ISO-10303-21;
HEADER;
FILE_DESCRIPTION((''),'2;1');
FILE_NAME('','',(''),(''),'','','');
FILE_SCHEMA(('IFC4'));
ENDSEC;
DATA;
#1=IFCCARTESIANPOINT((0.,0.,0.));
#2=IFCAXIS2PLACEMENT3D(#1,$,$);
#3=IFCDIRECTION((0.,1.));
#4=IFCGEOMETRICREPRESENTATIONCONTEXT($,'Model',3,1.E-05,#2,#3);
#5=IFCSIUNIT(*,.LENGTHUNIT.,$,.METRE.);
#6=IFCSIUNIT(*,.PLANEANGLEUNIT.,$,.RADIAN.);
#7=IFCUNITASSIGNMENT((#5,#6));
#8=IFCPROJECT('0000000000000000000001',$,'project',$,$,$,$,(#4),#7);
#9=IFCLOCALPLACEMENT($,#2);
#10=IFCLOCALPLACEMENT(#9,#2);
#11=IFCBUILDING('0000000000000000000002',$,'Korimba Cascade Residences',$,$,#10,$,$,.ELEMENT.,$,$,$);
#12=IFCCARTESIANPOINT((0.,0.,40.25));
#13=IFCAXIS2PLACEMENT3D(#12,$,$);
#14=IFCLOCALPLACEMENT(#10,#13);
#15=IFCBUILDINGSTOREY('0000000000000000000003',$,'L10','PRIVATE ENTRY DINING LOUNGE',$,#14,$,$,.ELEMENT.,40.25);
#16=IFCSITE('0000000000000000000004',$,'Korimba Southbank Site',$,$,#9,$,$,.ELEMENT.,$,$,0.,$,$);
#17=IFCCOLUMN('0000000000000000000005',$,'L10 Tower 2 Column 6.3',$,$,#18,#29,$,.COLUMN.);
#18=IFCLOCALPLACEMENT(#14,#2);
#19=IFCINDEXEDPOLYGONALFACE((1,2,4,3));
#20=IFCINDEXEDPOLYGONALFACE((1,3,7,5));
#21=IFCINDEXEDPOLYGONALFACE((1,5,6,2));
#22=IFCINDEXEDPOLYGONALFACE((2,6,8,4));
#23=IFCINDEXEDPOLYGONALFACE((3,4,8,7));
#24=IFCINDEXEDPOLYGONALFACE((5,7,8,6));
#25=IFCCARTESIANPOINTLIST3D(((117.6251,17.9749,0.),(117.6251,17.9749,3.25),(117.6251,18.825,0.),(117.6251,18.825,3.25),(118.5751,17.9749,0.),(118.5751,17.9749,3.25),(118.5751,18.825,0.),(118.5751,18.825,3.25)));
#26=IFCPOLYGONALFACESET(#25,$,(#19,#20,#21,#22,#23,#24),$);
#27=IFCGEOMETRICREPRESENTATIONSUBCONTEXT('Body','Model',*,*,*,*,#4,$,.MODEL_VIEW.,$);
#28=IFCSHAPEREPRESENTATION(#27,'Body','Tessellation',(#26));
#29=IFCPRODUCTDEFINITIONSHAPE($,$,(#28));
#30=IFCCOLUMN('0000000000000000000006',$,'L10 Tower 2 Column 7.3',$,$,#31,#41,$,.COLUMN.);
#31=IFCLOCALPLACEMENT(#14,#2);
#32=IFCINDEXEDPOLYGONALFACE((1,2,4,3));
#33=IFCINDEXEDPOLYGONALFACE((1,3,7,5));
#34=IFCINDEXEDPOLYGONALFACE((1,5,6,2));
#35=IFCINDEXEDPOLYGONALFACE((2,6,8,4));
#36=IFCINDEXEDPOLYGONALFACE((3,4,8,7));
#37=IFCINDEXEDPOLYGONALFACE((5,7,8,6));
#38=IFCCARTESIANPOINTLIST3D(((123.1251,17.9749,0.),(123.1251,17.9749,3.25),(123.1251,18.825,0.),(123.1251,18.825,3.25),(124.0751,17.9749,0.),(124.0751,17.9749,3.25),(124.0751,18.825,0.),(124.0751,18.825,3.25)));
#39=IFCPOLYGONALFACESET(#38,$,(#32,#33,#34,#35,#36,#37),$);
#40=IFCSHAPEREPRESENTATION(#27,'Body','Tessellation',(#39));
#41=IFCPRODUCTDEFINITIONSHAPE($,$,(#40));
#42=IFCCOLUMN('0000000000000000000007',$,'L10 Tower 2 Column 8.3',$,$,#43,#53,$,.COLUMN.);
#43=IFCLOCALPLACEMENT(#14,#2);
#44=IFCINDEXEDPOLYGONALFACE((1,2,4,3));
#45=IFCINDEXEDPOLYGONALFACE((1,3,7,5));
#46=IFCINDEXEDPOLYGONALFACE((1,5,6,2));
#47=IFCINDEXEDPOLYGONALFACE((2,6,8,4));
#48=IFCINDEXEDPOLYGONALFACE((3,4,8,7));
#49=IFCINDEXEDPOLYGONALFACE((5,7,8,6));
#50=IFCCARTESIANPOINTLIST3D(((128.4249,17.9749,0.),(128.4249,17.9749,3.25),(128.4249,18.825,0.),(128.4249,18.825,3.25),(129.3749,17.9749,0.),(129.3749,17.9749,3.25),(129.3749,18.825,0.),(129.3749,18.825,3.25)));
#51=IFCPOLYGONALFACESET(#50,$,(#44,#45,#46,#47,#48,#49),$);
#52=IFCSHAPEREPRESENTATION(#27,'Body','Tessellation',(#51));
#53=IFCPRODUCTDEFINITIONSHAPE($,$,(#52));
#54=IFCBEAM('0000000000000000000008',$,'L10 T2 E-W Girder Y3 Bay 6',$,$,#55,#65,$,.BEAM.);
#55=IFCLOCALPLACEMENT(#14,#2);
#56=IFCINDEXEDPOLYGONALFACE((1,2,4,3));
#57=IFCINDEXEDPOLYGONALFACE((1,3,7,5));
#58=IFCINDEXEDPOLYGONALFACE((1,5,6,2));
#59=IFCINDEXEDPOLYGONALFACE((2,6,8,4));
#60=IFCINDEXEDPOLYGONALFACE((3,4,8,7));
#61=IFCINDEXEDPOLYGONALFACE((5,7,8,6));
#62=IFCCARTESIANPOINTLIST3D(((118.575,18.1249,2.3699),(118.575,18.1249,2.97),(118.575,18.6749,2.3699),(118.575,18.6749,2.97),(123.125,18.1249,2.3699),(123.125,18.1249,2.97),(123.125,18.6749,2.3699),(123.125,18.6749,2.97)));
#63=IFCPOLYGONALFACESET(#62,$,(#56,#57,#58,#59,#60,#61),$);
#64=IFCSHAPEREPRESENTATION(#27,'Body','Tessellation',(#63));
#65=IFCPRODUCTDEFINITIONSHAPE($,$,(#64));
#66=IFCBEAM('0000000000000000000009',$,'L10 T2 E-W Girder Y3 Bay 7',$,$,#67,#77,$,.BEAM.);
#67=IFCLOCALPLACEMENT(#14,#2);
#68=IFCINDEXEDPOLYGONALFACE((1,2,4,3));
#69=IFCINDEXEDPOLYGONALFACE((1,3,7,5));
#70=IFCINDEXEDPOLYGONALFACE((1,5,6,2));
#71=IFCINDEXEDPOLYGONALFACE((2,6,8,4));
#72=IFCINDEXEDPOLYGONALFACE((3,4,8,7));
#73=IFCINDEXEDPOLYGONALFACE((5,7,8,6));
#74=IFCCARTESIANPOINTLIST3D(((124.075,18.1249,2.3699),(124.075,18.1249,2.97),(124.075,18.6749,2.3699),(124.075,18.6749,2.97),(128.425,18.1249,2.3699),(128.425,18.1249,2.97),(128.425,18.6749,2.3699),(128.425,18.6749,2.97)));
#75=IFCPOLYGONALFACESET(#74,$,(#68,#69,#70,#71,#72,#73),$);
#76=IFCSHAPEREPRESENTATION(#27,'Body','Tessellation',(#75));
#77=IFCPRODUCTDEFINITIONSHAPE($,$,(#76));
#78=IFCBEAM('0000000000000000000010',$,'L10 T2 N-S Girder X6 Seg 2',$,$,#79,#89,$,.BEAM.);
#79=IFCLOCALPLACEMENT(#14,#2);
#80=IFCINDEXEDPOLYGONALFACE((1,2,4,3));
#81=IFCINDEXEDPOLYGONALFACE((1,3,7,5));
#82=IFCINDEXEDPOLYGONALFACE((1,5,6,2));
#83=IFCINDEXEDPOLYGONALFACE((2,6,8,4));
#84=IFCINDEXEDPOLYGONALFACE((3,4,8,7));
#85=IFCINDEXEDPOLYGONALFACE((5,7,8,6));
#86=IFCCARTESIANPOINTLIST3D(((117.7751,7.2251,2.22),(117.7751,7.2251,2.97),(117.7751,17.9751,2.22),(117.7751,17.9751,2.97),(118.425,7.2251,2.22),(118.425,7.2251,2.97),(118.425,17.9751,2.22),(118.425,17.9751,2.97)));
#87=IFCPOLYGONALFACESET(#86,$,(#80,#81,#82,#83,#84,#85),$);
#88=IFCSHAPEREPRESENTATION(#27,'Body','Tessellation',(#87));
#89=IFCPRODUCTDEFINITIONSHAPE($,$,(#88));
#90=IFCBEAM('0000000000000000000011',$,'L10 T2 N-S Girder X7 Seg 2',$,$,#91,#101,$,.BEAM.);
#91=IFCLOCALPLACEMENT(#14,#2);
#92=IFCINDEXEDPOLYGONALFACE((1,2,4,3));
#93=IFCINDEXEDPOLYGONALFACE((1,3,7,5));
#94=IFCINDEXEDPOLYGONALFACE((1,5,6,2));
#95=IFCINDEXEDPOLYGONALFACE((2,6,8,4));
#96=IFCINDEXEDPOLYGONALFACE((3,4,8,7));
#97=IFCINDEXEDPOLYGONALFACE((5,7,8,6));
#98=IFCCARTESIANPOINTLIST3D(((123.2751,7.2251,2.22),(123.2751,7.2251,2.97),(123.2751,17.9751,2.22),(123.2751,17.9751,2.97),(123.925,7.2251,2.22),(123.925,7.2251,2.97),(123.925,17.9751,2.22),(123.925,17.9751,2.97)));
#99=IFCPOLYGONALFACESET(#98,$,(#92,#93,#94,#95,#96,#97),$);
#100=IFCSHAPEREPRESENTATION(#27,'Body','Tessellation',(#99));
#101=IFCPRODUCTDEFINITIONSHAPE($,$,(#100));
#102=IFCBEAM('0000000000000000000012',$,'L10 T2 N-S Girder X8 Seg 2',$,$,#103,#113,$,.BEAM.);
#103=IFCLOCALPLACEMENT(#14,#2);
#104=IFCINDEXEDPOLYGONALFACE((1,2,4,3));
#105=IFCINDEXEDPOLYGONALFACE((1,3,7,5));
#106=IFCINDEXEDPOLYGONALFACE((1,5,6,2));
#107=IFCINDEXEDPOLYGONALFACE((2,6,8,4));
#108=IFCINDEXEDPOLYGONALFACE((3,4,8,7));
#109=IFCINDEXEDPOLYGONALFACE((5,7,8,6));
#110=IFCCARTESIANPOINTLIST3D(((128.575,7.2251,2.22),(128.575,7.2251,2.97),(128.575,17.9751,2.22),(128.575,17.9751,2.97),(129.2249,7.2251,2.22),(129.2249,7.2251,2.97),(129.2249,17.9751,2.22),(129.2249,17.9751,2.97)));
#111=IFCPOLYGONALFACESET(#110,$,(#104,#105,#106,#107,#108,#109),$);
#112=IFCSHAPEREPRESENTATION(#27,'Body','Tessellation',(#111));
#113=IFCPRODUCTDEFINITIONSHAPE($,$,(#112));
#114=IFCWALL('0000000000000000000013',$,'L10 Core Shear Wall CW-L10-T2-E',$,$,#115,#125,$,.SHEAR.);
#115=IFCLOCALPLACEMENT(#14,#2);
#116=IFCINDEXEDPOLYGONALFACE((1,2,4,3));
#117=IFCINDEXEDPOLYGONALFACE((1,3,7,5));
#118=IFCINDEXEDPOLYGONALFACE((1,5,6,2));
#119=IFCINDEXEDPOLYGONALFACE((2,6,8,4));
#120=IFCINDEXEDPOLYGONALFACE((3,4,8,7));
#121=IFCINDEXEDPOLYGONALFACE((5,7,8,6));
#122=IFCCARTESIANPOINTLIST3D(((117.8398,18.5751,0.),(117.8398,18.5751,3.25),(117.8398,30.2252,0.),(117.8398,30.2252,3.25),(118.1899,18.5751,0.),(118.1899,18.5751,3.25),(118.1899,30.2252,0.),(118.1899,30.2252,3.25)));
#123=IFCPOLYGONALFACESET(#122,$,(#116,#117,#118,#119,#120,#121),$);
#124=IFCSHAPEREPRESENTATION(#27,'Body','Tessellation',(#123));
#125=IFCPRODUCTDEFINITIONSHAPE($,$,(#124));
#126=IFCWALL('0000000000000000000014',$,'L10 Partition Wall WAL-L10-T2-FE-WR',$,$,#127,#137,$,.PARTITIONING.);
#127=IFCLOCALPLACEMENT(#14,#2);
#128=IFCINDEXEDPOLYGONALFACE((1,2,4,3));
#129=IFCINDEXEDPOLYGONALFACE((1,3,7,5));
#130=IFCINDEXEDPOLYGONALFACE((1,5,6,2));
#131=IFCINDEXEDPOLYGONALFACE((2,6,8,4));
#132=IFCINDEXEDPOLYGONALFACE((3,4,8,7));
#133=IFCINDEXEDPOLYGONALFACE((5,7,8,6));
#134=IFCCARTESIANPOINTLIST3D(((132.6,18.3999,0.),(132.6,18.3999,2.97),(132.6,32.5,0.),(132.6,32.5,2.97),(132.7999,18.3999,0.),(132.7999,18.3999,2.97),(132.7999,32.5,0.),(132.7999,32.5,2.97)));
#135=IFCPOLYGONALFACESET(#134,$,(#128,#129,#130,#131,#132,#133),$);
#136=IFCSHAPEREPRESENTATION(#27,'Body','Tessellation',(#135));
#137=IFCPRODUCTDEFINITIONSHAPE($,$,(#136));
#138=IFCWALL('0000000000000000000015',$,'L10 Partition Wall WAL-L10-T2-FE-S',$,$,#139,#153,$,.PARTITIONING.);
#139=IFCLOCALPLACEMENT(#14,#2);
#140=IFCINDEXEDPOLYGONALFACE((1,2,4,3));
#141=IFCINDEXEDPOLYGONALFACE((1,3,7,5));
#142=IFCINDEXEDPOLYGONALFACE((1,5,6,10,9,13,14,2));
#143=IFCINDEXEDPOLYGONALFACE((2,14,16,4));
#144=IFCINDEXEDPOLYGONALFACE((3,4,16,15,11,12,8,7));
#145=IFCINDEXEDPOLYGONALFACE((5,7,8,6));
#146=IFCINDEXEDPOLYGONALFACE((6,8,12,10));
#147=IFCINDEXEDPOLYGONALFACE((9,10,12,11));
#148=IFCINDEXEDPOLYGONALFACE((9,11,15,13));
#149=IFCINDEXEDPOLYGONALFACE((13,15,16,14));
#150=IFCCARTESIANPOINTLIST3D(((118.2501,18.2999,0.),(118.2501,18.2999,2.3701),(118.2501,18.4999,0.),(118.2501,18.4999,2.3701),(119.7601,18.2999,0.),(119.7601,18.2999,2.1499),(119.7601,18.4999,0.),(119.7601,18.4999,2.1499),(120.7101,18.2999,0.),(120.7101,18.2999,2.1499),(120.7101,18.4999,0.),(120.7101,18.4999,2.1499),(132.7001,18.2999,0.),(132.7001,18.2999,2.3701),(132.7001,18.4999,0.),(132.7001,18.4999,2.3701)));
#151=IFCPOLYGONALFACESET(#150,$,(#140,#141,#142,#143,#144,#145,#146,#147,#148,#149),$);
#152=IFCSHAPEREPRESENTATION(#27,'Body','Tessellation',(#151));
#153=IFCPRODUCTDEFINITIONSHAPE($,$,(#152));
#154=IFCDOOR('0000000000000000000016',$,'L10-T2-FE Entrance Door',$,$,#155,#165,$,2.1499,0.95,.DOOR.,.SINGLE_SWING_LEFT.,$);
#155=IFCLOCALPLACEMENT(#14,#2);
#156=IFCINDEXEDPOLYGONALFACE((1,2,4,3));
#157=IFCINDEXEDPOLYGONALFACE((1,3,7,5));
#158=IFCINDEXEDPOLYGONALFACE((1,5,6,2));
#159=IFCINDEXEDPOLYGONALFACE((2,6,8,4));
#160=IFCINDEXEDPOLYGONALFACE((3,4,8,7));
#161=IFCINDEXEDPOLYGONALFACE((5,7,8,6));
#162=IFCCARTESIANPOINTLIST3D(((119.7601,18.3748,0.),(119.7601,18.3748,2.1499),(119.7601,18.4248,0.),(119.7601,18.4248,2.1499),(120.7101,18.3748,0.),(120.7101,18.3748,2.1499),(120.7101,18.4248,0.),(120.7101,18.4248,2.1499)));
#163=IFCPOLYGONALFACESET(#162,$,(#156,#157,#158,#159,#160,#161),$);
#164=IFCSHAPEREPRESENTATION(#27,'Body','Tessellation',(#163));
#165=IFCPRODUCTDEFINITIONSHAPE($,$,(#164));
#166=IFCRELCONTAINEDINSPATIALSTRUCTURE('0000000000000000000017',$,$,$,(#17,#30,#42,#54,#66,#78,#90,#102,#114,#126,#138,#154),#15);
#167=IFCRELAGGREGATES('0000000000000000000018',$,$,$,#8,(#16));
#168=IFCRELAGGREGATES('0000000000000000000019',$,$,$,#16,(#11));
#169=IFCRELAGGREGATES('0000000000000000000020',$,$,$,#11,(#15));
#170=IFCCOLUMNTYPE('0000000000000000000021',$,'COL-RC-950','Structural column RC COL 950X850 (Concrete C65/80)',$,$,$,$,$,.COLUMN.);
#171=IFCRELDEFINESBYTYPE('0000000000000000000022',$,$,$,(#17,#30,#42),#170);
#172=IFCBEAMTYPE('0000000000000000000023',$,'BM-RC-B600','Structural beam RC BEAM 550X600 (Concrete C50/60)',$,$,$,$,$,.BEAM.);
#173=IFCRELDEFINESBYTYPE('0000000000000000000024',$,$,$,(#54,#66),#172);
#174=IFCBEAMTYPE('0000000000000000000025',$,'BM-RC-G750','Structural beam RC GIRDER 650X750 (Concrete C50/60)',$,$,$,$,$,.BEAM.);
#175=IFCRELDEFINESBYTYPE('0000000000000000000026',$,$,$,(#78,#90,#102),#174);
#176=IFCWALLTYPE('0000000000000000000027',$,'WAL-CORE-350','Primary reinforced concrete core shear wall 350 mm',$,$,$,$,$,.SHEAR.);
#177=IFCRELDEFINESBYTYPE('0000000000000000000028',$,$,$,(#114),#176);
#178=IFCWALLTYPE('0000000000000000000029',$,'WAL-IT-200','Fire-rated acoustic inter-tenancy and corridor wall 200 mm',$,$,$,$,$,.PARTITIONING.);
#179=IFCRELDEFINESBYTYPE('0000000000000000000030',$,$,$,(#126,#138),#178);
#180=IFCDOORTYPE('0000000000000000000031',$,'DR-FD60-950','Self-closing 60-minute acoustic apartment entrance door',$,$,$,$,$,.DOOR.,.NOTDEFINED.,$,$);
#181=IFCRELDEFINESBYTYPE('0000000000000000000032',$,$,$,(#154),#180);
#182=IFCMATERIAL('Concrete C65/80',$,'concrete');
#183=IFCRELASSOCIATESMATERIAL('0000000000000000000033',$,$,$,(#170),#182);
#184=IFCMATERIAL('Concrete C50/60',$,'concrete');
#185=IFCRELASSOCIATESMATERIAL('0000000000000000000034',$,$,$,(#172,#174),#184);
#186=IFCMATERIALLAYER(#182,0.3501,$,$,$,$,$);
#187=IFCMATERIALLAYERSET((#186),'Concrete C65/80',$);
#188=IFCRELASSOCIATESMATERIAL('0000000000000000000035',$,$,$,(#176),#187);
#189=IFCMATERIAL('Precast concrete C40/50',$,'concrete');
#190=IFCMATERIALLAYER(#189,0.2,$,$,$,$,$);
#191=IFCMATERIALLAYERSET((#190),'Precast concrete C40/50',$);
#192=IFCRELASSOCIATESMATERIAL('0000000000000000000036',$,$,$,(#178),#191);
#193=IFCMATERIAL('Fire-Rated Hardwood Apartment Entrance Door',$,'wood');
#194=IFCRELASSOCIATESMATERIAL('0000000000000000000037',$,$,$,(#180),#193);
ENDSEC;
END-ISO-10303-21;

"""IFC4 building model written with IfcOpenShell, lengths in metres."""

from ifc_helpers import new_model, si_unit, direction, frame, frame_2d, origin, origin_2d, place, context, subcontext, project, spatial, rectangle, extrude, material, layer, layer_set, material_profile, profile_set, type_object, element, fill, save


model = new_model("IFC4")

# Units and contexts
model_context = context("Model", 3, precision=1e-05, world=origin(), true_north=direction((0.0, 1.0)))
body_context = subcontext(model_context, "Body", "Model", "MODEL_VIEW")
ifc_project = project(units=[si_unit("LENGTHUNIT", "METRE"), si_unit("PLANEANGLEUNIT", "RADIAN")], contexts=[model_context])

# Site, building, storey
site_placement = place(None, origin())
site = spatial("IfcSite", under=ifc_project, at=site_placement, Name="Korimba Southbank Site", CompositionType="ELEMENT", RefElevation=0.0)
building_placement = place(site_placement, origin())
building = spatial("IfcBuilding", under=site, at=building_placement, Name="Korimba Cascade Residences", CompositionType="ELEMENT")
storey_placement = place(building_placement, frame((0.0, 0.0, 40.25)))
storey = spatial("IfcBuildingStorey", under=building, at=storey_placement, Name="L10", Description="PRIVATE ENTRY DINING LOUNGE", CompositionType="ELEMENT", Elevation=40.25)

# Columns
ifc_material_1 = material(Name="Concrete C65/80", Category="concrete")
ifc_material_profile_1 = material_profile(ifc_material_1, rectangle(XDim=0.95, YDim=0.8501, at=origin_2d()), Name="Concrete C65/80")
ifc_profile_set_1 = profile_set([ifc_material_profile_1], Name="Concrete C65/80")
column_type = type_object("IfcColumnType", Name="COL-RC-950", Description="Structural column RC COL 950X850 (Concrete C65/80)", PredefinedType="COLUMN", material=ifc_profile_set_1)
for number, where, z_axis, x_axis, name in (
    (1, (118.1001, 18.3999, 0.0), (0.0, 0.0, 1.0), (1.0, 0.0, 0.0), "L10 Tower 2 Column 6.3"),
    (2, (123.6001, 18.3999, 0.0), (0.0, 0.0, 1.0), (1.0, 0.0, 0.0), "L10 Tower 2 Column 7.3"),
    (3, (128.8999, 18.3999, 0.0), (0.0, 0.0, 1.0), (1.0, 0.0, 0.0), "L10 Tower 2 Column 8.3"),
):
    element("IfcColumn", number, at=place(storey_placement, frame(where, z_axis=z_axis, x_axis=x_axis)), inside=storey, type_object=column_type, Name=name, PredefinedType="COLUMN", context=body_context, shape_type="SweptSolid", body=[
        extrude(rectangle(XDim=0.95, YDim=0.8501, at=origin_2d()), origin(), (0.0, 0.0, 1.0), 3.25),
    ])

# Beams
ifc_material_2 = material(Name="Concrete C50/60", Category="concrete")
ifc_material_profile_2 = material_profile(ifc_material_2, rectangle(XDim=0.55, YDim=0.6001, at=origin_2d()), Name="Concrete C50/60")
ifc_profile_set_2 = profile_set([ifc_material_profile_2], Name="Concrete C50/60")
beam_type_1 = type_object("IfcBeamType", Name="BM-RC-B600", Description="Structural beam RC BEAM 550X600 (Concrete C50/60)", PredefinedType="BEAM", material=ifc_profile_set_2)
beam_1_placement = place(storey_placement, frame((118.575, 18.3999, 2.6699), z_axis=(1.0, 0.0, 0.0), x_axis=(0.0, 1.0, 0.0)))
element("IfcBeam", 4, at=beam_1_placement, inside=storey, type_object=beam_type_1, Name="L10 T2 E-W Girder Y3 Bay 6", PredefinedType="BEAM", context=body_context, shape_type="SweptSolid", body=[
    extrude(rectangle(XDim=0.55, YDim=0.6001, at=origin_2d()), origin(), (0.0, 0.0, 1.0), 4.55),
])
beam_2_placement = place(storey_placement, frame((124.075, 18.3999, 2.6699), z_axis=(1.0, 0.0, 0.0), x_axis=(0.0, 1.0, 0.0)))
element("IfcBeam", 5, at=beam_2_placement, inside=storey, type_object=beam_type_1, Name="L10 T2 E-W Girder Y3 Bay 7", PredefinedType="BEAM", context=body_context, shape_type="SweptSolid", body=[
    extrude(rectangle(XDim=0.55, YDim=0.6001, at=origin_2d()), origin(), (0.0, 0.0, 1.0), 4.3501),
])
ifc_material_profile_3 = material_profile(ifc_material_2, rectangle(XDim=0.6499, YDim=0.75, at=origin_2d()), Name="Concrete C50/60")
ifc_profile_set_3 = profile_set([ifc_material_profile_3], Name="Concrete C50/60")
beam_type_2 = type_object("IfcBeamType", Name="BM-RC-G750", Description="Structural beam RC GIRDER 650X750 (Concrete C50/60)", PredefinedType="BEAM", material=ifc_profile_set_3)
for number, where, z_axis, x_axis, name in (
    (6, (118.1001, 7.2251, 2.595), (0.0, 1.0, 0.0), (-1.0, 0.0, 0.0), "L10 T2 N-S Girder X6 Seg 2"),
    (7, (123.6001, 7.2251, 2.595), (0.0, 1.0, 0.0), (-1.0, 0.0, 0.0), "L10 T2 N-S Girder X7 Seg 2"),
    (8, (128.8999, 7.2251, 2.595), (0.0, 1.0, 0.0), (-1.0, 0.0, 0.0), "L10 T2 N-S Girder X8 Seg 2"),
):
    element("IfcBeam", number, at=place(storey_placement, frame(where, z_axis=z_axis, x_axis=x_axis)), inside=storey, type_object=beam_type_2, Name=name, PredefinedType="BEAM", context=body_context, shape_type="SweptSolid", body=[
        extrude(rectangle(XDim=0.6499, YDim=0.75, at=origin_2d()), origin(), (0.0, 0.0, 1.0), 10.75),
    ])

# Walls
ifc_layer_1 = layer(ifc_material_1, 0.3501)
ifc_layer_set_1 = layer_set([ifc_layer_1], Name="Concrete C65/80")
wall_type_1 = type_object("IfcWallType", Name="WAL-CORE-350", Description="Primary reinforced concrete core shear wall 350 mm", PredefinedType="SHEAR", material=ifc_layer_set_1)
wall_1_placement = place(storey_placement, frame((118.0149, 18.575, 0.0), z_axis=(0.0, 0.0, 1.0), x_axis=(0.0, 1.0, 0.0)))
element("IfcWall", 9, at=wall_1_placement, inside=storey, type_object=wall_type_1, Name="L10 Core Shear Wall CW-L10-T2-E", PredefinedType="SHEAR", context=body_context, shape_type="SweptSolid", body=[
    extrude(rectangle(XDim=11.6501, YDim=0.3501, at=frame_2d((5.8252, 0.0))), origin(), (0.0, 0.0, 1.0), 3.25),
])
ifc_material_3 = material(Name="Precast concrete C40/50", Category="concrete")
ifc_layer_2 = layer(ifc_material_3, 0.2)
ifc_layer_set_2 = layer_set([ifc_layer_2], Name="Precast concrete C40/50")
wall_type_2 = type_object("IfcWallType", Name="WAL-IT-200", Description="Fire-rated acoustic inter-tenancy and corridor wall 200 mm", PredefinedType="PARTITIONING", material=ifc_layer_set_2)
wall_2_placement = place(storey_placement, frame((132.7, 18.3999, 0.0), z_axis=(0.0, 0.0, 1.0), x_axis=(0.0, 1.0, 0.0)))
element("IfcWall", 10, at=wall_2_placement, inside=storey, type_object=wall_type_2, Name="L10 Partition Wall WAL-L10-T2-FE-WR", PredefinedType="PARTITIONING", context=body_context, shape_type="SweptSolid", body=[
    extrude(rectangle(XDim=14.1001, YDim=0.2, at=frame_2d((7.05, 0.0))), origin(), (0.0, 0.0, 1.0), 2.97),
])

# Wall, opening, door
wall_3_placement = place(storey_placement, frame((118.25, 18.3999, 0.0), z_axis=(0.0, 0.0, 1.0), x_axis=(1.0, 0.0, 0.0)))
wall_3 = element("IfcWall", 11, at=wall_3_placement, inside=storey, type_object=wall_type_2, Name="L10 Partition Wall WAL-L10-T2-FE-S", PredefinedType="PARTITIONING", context=body_context, shape_type="SweptSolid", body=[
    extrude(rectangle(XDim=14.45, YDim=0.2, at=frame_2d((7.2251, 0.0))), origin(), (0.0, 0.0, 1.0), 2.3701),
])
opening_1_placement = place(wall_3_placement, frame((1.51, 0.0, 0.0)))
opening_1 = element("IfcOpeningElement", 12, at=opening_1_placement, cuts=wall_3, PredefinedType="OPENING", context=body_context, shape_type="SweptSolid", body=[
    extrude(rectangle(XDim=0.95, YDim=2.1499, at=frame_2d((0.4751, 1.075))), frame((0.0, 0.1099, 0.0), z_axis=(0.0, -1.0, 0.0), x_axis=(1.0, 0.0, 0.0)), (0.0, 0.0, 1.0), 0.22),
])
ifc_material_4 = material(Name="Fire-Rated Hardwood Apartment Entrance Door", Category="wood")
door_type_1 = type_object("IfcDoorType", Name="DR-FD60-950", Description="Self-closing 60-minute acoustic apartment entrance door", OperationType="NOTDEFINED", PredefinedType="DOOR", material=ifc_material_4)
door_1_placement = place(opening_1_placement, origin())
door_1 = element("IfcDoor", 13, at=door_1_placement, inside=storey, type_object=door_type_1, Name="L10-T2-FE Entrance Door", OperationType="SINGLE_SWING_LEFT", OverallHeight=2.1499, OverallWidth=0.95, PredefinedType="DOOR", context=body_context, shape_type="SweptSolid", body=[
    extrude(rectangle(XDim=0.95, YDim=2.1499, at=frame_2d((0.4751, 1.075))), frame((0.0, 0.0249, 0.0), z_axis=(0.0, -1.0, 0.0), x_axis=(1.0, 0.0, 0.0)), (0.0, 0.0, 1.0), 0.05),
])
fill(opening_1, door_1)

save(model, "model.ifc")
